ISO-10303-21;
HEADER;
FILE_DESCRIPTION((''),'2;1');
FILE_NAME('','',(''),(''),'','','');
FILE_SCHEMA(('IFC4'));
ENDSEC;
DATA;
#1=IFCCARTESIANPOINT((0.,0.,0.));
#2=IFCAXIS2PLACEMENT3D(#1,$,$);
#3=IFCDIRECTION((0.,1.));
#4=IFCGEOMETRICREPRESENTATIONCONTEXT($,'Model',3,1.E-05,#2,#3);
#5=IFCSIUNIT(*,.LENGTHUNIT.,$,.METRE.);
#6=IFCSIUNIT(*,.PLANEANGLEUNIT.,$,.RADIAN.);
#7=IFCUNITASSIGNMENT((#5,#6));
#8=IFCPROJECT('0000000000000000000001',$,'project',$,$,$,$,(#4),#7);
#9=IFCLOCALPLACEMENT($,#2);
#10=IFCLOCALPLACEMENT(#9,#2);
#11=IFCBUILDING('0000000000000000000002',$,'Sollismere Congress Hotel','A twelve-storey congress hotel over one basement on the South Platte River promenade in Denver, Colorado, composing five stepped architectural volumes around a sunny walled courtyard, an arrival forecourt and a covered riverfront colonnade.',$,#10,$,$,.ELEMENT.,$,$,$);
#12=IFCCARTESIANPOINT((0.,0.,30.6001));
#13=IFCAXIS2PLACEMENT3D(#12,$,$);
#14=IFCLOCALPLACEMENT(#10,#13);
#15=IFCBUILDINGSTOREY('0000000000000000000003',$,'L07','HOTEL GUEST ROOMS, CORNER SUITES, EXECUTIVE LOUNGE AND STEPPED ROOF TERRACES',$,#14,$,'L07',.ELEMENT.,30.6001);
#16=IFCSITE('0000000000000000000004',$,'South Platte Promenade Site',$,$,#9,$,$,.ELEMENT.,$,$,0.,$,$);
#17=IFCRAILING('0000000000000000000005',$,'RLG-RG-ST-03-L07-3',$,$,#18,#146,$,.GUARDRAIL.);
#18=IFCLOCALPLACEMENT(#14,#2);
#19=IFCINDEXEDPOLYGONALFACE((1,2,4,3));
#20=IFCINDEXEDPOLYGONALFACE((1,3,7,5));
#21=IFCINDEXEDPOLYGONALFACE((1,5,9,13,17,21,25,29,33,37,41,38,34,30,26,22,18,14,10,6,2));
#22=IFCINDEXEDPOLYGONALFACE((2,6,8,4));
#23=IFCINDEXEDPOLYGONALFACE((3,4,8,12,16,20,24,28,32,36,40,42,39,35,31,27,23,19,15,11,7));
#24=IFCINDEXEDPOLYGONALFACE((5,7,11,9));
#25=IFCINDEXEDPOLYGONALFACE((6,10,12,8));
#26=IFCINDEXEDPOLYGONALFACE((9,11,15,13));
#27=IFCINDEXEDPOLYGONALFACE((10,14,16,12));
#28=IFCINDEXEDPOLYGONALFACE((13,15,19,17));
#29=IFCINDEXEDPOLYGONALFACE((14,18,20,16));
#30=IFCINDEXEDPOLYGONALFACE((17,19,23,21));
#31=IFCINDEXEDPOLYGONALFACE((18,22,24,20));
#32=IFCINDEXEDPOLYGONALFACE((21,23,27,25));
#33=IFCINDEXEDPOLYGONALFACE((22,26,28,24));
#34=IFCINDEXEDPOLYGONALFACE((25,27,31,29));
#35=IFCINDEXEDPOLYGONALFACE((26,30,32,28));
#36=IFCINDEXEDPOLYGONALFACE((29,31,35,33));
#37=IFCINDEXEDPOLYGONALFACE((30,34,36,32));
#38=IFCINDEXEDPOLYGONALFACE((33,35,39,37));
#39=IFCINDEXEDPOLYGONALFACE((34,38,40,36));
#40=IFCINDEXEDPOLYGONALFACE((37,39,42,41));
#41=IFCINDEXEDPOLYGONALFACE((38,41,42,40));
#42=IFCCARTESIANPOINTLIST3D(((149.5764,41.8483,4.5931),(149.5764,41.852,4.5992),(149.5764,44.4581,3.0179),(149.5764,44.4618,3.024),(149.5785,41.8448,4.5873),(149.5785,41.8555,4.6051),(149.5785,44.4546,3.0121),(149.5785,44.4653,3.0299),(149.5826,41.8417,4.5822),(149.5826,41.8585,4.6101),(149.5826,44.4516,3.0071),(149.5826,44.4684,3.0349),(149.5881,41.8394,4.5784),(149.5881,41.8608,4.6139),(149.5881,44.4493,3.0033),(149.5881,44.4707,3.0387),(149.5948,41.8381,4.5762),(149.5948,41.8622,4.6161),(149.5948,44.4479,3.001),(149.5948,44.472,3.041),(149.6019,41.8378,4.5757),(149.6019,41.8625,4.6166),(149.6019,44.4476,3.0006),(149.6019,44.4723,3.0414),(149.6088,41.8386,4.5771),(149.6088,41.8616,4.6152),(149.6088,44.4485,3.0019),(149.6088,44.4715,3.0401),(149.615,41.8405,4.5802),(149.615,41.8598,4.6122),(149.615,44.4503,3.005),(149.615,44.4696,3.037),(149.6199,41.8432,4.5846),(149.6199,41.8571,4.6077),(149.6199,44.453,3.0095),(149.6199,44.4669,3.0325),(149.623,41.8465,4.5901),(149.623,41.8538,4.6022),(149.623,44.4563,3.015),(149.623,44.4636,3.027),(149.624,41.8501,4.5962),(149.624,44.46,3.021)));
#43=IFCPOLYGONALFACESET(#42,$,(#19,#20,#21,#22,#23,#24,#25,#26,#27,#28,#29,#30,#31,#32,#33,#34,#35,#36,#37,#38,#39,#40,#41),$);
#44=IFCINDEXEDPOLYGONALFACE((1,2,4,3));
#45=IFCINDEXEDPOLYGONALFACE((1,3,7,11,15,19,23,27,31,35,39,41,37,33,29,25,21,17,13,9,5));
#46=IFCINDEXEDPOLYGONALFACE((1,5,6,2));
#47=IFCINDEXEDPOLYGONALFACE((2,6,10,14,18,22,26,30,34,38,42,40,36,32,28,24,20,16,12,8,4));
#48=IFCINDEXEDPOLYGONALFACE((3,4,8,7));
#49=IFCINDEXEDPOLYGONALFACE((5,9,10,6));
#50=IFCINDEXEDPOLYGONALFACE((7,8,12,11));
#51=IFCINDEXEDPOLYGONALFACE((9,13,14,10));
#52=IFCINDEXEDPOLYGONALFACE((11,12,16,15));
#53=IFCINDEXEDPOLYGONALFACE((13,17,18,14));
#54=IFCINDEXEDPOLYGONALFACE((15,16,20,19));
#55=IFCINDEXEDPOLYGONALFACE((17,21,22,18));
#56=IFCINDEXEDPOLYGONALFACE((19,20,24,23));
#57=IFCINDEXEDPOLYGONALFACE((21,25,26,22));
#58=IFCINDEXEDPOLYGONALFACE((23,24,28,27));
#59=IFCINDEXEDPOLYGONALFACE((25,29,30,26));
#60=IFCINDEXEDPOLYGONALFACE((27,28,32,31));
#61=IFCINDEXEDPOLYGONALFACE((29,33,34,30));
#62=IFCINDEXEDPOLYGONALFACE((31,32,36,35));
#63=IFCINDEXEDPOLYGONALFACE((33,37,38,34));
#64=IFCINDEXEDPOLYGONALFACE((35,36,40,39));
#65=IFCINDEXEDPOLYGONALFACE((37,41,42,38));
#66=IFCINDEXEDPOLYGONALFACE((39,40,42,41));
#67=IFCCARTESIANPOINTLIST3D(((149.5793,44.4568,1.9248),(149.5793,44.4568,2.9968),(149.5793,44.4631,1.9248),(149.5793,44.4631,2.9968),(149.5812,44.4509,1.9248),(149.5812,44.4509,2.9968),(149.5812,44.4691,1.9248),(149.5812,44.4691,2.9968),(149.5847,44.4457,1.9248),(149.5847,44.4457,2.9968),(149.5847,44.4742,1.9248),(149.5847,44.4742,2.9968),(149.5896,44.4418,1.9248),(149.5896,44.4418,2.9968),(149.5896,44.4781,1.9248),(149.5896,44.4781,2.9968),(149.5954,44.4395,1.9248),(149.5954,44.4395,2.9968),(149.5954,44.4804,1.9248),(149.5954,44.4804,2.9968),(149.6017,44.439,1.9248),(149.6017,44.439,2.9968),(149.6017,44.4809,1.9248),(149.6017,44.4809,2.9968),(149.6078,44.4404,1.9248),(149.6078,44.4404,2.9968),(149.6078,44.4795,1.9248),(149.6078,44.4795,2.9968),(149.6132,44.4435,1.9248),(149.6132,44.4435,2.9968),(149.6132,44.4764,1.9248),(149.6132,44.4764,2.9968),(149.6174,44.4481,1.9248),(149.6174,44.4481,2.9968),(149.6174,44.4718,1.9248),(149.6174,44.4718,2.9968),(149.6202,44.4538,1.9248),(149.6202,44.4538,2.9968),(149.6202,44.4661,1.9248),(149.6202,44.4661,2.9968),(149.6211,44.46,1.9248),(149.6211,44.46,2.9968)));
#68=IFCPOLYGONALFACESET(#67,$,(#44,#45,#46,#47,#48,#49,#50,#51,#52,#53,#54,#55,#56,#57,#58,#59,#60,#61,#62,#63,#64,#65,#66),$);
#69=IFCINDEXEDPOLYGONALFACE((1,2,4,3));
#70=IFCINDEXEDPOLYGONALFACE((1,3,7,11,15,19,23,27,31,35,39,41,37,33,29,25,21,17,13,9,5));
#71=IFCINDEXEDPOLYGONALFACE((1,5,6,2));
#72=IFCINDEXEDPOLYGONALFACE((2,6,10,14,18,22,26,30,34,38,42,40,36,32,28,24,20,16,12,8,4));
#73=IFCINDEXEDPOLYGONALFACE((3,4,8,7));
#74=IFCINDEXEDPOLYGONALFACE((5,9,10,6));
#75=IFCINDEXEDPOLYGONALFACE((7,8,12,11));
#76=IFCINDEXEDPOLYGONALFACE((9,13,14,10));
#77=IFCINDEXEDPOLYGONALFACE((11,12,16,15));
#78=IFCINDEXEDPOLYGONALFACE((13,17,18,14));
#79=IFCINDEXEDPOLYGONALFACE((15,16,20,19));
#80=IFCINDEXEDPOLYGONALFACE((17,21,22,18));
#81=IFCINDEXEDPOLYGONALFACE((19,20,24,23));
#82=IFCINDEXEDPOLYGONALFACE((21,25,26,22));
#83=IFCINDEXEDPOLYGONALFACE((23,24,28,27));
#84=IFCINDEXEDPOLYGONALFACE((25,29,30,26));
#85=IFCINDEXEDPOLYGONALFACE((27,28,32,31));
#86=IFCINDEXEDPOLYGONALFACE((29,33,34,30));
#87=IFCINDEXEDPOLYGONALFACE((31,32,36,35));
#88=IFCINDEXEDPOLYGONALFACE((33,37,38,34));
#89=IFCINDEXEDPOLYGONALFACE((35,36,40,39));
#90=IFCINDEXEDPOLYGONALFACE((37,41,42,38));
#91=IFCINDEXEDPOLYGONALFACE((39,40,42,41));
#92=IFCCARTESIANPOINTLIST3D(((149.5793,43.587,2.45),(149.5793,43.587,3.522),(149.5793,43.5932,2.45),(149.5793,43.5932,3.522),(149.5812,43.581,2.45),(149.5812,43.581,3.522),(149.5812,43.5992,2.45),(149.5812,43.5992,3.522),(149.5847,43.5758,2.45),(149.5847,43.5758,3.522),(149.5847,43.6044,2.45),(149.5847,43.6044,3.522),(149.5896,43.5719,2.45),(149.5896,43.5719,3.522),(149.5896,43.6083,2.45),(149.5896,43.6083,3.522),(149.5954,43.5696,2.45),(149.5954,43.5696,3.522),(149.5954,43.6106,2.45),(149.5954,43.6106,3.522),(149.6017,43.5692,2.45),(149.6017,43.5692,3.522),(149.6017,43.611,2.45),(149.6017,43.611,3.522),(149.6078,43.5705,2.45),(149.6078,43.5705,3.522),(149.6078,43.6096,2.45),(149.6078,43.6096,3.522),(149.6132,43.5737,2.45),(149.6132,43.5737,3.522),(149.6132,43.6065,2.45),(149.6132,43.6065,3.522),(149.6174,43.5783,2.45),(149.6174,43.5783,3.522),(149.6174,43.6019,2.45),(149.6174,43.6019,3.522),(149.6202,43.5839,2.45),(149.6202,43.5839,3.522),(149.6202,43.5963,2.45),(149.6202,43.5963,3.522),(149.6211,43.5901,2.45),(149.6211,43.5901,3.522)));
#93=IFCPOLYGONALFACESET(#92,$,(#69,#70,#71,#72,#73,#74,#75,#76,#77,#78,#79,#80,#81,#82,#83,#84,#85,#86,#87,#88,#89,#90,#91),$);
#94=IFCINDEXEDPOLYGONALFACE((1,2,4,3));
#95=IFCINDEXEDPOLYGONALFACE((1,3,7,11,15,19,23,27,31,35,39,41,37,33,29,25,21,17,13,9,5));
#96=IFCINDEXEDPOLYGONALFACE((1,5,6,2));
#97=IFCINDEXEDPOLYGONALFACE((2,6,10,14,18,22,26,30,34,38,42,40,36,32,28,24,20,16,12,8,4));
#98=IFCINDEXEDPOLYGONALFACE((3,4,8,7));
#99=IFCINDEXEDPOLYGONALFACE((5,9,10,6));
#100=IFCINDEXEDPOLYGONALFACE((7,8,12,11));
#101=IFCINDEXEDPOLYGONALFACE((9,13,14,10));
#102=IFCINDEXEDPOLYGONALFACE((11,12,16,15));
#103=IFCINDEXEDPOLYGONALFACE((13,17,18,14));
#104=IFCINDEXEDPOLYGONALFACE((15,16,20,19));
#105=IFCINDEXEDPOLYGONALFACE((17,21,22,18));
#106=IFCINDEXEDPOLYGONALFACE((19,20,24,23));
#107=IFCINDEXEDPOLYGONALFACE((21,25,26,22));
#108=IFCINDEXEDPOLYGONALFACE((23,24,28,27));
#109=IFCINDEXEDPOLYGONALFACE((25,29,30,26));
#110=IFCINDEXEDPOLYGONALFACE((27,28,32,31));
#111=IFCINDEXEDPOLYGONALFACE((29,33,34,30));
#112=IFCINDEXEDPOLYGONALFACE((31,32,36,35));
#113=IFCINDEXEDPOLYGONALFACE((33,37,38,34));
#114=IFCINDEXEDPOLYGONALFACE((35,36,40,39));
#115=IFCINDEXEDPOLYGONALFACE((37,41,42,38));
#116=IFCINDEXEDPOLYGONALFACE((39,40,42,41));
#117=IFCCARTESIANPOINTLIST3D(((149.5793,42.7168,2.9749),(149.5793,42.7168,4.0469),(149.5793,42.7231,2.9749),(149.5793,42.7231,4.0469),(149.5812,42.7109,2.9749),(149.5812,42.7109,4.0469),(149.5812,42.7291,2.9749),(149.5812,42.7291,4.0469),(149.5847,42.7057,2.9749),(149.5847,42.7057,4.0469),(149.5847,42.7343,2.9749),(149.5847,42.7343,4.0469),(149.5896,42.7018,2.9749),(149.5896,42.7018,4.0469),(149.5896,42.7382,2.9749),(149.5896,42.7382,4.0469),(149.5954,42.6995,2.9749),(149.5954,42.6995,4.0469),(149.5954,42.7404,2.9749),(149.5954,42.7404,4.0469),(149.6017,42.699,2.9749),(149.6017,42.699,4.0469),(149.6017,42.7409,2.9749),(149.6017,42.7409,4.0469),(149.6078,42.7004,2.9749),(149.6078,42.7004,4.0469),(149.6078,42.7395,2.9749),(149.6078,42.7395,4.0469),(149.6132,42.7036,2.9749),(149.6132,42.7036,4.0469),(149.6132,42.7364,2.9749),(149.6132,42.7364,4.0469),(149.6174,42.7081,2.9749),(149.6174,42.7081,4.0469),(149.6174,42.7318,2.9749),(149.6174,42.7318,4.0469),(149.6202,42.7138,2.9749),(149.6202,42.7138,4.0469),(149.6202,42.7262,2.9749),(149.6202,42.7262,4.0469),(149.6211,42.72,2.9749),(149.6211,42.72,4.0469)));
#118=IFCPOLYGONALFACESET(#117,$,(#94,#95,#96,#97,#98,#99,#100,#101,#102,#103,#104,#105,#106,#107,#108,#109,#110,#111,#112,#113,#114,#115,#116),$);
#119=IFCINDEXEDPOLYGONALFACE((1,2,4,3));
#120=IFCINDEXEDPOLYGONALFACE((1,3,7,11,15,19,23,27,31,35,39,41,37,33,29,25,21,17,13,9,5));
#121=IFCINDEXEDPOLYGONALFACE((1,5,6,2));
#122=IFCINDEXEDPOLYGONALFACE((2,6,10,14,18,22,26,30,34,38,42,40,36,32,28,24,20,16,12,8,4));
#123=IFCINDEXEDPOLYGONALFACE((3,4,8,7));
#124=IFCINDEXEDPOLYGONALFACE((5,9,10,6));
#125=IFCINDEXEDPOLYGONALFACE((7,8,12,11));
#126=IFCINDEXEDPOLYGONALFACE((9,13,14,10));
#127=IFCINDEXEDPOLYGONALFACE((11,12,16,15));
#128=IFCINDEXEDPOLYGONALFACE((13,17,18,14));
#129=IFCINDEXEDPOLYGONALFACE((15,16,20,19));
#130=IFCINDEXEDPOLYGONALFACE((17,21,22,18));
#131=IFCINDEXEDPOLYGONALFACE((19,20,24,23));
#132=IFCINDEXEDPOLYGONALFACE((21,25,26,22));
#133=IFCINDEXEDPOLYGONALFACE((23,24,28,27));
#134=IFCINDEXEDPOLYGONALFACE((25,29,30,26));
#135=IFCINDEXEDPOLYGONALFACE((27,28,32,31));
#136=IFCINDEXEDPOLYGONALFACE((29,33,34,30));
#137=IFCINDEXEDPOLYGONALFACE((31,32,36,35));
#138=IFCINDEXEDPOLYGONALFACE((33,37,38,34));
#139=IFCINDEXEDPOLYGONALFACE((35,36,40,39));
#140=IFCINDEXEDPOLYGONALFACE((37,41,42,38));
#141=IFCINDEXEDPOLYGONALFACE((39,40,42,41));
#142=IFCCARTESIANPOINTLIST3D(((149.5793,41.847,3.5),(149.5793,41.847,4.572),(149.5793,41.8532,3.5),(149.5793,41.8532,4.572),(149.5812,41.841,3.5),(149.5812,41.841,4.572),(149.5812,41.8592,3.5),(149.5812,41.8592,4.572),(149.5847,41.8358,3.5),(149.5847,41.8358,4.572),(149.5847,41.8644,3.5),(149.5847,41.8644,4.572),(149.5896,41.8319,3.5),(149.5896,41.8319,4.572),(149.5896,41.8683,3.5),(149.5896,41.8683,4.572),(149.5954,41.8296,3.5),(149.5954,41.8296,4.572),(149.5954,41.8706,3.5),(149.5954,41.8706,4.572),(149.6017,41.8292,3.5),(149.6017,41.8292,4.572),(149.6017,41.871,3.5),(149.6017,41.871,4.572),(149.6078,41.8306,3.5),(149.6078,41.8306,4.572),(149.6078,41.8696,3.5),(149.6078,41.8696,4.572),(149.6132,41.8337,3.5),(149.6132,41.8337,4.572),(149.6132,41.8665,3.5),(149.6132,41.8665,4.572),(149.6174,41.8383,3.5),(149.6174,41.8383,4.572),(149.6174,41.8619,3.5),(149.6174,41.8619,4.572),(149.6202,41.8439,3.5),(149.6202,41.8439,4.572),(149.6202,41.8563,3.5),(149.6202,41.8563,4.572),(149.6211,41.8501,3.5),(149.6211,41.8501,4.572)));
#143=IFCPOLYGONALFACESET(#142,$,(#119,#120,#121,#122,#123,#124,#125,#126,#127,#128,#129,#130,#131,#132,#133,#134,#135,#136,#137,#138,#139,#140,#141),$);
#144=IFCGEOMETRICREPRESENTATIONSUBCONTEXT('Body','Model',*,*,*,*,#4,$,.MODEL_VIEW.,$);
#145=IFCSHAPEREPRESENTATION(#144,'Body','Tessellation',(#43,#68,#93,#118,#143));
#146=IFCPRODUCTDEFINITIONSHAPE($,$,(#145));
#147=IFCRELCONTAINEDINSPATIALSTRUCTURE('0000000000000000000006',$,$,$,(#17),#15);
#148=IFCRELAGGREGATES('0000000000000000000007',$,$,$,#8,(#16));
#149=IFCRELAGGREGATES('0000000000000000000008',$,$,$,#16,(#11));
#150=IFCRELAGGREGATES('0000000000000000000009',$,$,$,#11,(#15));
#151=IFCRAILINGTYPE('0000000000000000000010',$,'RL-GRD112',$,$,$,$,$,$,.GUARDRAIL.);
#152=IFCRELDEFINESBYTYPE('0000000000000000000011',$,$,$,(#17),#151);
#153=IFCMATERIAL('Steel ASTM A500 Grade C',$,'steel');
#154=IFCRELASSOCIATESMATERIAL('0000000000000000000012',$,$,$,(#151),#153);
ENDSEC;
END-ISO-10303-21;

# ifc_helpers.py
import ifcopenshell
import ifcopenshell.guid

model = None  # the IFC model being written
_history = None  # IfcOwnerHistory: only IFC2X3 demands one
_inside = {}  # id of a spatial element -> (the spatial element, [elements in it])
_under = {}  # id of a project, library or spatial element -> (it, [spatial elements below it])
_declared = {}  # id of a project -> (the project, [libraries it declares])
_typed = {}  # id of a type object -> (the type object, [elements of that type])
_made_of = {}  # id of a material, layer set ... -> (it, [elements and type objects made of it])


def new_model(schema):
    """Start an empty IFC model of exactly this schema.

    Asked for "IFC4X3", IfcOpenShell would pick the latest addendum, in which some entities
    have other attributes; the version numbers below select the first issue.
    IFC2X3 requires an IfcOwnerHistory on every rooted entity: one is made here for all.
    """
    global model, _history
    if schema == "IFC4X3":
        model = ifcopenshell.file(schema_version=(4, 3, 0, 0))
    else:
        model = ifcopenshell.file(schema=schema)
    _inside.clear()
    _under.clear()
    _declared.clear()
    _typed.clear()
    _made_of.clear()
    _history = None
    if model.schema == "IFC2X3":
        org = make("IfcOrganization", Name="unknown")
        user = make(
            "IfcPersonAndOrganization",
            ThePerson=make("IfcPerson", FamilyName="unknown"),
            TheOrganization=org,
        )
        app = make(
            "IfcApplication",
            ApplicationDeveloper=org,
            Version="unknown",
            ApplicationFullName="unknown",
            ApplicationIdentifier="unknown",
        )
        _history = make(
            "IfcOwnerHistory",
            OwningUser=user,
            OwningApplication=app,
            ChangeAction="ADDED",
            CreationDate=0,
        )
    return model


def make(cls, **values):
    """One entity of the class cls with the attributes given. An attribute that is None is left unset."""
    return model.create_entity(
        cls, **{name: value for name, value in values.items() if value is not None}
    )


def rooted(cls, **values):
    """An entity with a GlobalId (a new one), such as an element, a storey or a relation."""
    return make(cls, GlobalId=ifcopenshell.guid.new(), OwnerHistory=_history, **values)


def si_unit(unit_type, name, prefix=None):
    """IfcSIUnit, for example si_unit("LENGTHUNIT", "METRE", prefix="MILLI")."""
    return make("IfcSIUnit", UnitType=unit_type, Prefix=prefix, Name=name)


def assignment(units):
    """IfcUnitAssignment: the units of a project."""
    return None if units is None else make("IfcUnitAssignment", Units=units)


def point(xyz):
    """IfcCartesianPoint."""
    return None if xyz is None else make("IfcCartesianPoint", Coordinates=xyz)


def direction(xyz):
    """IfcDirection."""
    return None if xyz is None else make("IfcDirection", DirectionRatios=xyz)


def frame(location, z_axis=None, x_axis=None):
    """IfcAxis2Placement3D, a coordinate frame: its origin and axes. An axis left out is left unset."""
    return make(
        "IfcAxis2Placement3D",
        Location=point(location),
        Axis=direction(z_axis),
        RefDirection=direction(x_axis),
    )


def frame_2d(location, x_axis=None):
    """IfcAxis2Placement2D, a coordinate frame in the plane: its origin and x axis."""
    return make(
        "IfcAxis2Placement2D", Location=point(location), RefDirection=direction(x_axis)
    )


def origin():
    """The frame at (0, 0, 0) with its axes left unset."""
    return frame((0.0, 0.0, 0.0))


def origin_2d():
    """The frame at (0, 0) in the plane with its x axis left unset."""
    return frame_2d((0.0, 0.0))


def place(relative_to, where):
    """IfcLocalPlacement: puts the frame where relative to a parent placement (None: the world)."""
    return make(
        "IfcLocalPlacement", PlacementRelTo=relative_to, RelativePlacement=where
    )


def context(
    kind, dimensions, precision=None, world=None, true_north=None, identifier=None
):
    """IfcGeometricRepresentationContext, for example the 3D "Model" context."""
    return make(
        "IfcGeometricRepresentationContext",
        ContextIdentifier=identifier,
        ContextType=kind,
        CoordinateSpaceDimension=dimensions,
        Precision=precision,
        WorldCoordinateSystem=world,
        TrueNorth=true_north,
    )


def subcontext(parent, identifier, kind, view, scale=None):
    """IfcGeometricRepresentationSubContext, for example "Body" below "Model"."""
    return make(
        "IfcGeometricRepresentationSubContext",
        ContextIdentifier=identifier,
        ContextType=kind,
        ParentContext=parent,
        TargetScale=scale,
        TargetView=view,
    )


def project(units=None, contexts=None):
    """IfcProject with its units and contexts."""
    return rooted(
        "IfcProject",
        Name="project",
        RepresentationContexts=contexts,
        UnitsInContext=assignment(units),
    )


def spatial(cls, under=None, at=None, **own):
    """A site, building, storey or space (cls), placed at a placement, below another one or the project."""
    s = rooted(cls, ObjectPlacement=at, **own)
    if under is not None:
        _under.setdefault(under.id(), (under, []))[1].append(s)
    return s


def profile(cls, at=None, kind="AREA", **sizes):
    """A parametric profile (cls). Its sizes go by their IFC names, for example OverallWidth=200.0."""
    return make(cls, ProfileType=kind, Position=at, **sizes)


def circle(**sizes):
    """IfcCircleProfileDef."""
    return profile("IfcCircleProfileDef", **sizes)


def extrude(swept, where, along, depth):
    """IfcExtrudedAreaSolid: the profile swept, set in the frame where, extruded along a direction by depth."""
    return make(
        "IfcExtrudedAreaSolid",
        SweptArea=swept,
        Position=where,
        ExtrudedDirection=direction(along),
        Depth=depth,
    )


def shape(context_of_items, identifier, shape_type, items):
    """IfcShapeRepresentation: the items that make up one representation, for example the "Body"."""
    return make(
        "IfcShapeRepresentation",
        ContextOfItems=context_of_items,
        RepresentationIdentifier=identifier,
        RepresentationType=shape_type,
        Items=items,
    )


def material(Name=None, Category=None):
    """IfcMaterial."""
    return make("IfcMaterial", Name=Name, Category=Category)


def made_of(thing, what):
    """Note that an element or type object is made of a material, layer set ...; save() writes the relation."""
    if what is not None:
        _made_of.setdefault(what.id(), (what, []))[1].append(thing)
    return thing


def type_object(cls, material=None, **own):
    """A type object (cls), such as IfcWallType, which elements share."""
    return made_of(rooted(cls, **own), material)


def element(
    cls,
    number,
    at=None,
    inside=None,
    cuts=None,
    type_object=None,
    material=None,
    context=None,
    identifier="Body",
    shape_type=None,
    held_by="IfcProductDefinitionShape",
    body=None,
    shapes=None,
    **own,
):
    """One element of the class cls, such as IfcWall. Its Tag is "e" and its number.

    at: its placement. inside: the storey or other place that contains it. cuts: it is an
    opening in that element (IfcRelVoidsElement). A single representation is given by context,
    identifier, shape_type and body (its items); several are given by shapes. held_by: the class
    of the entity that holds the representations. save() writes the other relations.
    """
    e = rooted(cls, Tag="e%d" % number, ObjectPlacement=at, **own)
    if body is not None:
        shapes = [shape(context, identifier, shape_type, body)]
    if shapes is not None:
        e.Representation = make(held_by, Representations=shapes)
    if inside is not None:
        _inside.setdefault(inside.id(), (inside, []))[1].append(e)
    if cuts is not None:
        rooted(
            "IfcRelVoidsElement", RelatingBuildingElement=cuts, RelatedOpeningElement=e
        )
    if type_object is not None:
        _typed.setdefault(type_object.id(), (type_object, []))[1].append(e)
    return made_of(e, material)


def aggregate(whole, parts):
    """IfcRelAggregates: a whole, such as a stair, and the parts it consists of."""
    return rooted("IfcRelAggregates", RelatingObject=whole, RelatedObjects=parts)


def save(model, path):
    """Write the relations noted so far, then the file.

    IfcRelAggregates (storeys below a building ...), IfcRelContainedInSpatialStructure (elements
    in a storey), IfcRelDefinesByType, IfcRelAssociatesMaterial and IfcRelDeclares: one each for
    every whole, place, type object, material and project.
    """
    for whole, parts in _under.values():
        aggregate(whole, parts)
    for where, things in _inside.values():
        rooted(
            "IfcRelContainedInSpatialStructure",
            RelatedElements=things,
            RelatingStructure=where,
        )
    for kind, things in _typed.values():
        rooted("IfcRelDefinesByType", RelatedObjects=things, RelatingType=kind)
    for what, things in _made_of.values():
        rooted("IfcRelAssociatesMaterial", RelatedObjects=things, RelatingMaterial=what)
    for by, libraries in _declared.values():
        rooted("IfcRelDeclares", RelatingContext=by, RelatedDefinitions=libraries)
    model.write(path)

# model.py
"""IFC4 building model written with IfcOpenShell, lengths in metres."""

from ifc_helpers import new_model, si_unit, direction, frame, origin, origin_2d, place, context, subcontext, project, spatial, circle, extrude, material, type_object, element, save


model = new_model("IFC4")

# Units and contexts
model_context = context("Model", 3, precision=1e-05, world=origin(), true_north=direction((0.0, 1.0)))
body_context = subcontext(model_context, "Body", "Model", "MODEL_VIEW")
ifc_project = project(units=[si_unit("LENGTHUNIT", "METRE"), si_unit("PLANEANGLEUNIT", "RADIAN")], contexts=[model_context])

# Site, building, storey
site_placement = place(None, origin())
site = spatial("IfcSite", under=ifc_project, at=site_placement, Name="South Platte Promenade Site", CompositionType="ELEMENT", RefElevation=0.0)
building_placement = place(site_placement, origin())
building = spatial("IfcBuilding", under=site, at=building_placement, Name="Sollismere Congress Hotel", Description="A twelve-storey congress hotel over one basement on the South Platte River promenade in Denver, Colorado, composing five stepped architectural volumes around a sunny walled courtyard, an arrival forecourt and a covered riverfront colonnade.", CompositionType="ELEMENT")
storey_placement = place(building_placement, frame((0.0, 0.0, 30.6001)))
storey = spatial("IfcBuildingStorey", under=building, at=storey_placement, Name="L07", Description="HOTEL GUEST ROOMS, CORNER SUITES, EXECUTIVE LOUNGE AND STEPPED ROOF TERRACES", LongName="L07", CompositionType="ELEMENT", Elevation=30.6001)

# Railing
ifc_material_1 = material(Name="Steel ASTM A500 Grade C", Category="steel")
railing_type_1 = type_object("IfcRailingType", Name="RL-GRD112", PredefinedType="GUARDRAIL", material=ifc_material_1)
railing_1_placement = place(storey_placement, frame((149.6001, 44.46, 1.9248)))
element("IfcRailing", 1, at=railing_1_placement, inside=storey, type_object=railing_type_1, Name="RLG-RG-ST-03-L07-3", PredefinedType="GUARDRAIL", context=body_context, shape_type="SweptSolid", body=[
    extrude(circle(Radius=0.0239, at=origin_2d()), frame((0.0, 0.0, 1.0962), z_axis=(0.0, -0.856147, 0.516732), x_axis=(1.0, 0.0, 0.0)), (0.0, 0.0, 1.0), 3.0483),
    extrude(circle(Radius=0.021, at=origin_2d()), origin(), (0.0, 0.0, 1.0), 1.072),
    extrude(circle(Radius=0.021, at=origin_2d()), frame((0.0, -0.8699, 0.5251)), (0.0, 0.0, 1.0), 1.072),
    extrude(circle(Radius=0.021, at=origin_2d()), frame((0.0, -1.74, 1.05)), (0.0, 0.0, 1.0), 1.072),
    extrude(circle(Radius=0.021, at=origin_2d()), frame((0.0, -2.6099, 1.5752)), (0.0, 0.0, 1.0), 1.072),
])

save(model, "model.ifc")
